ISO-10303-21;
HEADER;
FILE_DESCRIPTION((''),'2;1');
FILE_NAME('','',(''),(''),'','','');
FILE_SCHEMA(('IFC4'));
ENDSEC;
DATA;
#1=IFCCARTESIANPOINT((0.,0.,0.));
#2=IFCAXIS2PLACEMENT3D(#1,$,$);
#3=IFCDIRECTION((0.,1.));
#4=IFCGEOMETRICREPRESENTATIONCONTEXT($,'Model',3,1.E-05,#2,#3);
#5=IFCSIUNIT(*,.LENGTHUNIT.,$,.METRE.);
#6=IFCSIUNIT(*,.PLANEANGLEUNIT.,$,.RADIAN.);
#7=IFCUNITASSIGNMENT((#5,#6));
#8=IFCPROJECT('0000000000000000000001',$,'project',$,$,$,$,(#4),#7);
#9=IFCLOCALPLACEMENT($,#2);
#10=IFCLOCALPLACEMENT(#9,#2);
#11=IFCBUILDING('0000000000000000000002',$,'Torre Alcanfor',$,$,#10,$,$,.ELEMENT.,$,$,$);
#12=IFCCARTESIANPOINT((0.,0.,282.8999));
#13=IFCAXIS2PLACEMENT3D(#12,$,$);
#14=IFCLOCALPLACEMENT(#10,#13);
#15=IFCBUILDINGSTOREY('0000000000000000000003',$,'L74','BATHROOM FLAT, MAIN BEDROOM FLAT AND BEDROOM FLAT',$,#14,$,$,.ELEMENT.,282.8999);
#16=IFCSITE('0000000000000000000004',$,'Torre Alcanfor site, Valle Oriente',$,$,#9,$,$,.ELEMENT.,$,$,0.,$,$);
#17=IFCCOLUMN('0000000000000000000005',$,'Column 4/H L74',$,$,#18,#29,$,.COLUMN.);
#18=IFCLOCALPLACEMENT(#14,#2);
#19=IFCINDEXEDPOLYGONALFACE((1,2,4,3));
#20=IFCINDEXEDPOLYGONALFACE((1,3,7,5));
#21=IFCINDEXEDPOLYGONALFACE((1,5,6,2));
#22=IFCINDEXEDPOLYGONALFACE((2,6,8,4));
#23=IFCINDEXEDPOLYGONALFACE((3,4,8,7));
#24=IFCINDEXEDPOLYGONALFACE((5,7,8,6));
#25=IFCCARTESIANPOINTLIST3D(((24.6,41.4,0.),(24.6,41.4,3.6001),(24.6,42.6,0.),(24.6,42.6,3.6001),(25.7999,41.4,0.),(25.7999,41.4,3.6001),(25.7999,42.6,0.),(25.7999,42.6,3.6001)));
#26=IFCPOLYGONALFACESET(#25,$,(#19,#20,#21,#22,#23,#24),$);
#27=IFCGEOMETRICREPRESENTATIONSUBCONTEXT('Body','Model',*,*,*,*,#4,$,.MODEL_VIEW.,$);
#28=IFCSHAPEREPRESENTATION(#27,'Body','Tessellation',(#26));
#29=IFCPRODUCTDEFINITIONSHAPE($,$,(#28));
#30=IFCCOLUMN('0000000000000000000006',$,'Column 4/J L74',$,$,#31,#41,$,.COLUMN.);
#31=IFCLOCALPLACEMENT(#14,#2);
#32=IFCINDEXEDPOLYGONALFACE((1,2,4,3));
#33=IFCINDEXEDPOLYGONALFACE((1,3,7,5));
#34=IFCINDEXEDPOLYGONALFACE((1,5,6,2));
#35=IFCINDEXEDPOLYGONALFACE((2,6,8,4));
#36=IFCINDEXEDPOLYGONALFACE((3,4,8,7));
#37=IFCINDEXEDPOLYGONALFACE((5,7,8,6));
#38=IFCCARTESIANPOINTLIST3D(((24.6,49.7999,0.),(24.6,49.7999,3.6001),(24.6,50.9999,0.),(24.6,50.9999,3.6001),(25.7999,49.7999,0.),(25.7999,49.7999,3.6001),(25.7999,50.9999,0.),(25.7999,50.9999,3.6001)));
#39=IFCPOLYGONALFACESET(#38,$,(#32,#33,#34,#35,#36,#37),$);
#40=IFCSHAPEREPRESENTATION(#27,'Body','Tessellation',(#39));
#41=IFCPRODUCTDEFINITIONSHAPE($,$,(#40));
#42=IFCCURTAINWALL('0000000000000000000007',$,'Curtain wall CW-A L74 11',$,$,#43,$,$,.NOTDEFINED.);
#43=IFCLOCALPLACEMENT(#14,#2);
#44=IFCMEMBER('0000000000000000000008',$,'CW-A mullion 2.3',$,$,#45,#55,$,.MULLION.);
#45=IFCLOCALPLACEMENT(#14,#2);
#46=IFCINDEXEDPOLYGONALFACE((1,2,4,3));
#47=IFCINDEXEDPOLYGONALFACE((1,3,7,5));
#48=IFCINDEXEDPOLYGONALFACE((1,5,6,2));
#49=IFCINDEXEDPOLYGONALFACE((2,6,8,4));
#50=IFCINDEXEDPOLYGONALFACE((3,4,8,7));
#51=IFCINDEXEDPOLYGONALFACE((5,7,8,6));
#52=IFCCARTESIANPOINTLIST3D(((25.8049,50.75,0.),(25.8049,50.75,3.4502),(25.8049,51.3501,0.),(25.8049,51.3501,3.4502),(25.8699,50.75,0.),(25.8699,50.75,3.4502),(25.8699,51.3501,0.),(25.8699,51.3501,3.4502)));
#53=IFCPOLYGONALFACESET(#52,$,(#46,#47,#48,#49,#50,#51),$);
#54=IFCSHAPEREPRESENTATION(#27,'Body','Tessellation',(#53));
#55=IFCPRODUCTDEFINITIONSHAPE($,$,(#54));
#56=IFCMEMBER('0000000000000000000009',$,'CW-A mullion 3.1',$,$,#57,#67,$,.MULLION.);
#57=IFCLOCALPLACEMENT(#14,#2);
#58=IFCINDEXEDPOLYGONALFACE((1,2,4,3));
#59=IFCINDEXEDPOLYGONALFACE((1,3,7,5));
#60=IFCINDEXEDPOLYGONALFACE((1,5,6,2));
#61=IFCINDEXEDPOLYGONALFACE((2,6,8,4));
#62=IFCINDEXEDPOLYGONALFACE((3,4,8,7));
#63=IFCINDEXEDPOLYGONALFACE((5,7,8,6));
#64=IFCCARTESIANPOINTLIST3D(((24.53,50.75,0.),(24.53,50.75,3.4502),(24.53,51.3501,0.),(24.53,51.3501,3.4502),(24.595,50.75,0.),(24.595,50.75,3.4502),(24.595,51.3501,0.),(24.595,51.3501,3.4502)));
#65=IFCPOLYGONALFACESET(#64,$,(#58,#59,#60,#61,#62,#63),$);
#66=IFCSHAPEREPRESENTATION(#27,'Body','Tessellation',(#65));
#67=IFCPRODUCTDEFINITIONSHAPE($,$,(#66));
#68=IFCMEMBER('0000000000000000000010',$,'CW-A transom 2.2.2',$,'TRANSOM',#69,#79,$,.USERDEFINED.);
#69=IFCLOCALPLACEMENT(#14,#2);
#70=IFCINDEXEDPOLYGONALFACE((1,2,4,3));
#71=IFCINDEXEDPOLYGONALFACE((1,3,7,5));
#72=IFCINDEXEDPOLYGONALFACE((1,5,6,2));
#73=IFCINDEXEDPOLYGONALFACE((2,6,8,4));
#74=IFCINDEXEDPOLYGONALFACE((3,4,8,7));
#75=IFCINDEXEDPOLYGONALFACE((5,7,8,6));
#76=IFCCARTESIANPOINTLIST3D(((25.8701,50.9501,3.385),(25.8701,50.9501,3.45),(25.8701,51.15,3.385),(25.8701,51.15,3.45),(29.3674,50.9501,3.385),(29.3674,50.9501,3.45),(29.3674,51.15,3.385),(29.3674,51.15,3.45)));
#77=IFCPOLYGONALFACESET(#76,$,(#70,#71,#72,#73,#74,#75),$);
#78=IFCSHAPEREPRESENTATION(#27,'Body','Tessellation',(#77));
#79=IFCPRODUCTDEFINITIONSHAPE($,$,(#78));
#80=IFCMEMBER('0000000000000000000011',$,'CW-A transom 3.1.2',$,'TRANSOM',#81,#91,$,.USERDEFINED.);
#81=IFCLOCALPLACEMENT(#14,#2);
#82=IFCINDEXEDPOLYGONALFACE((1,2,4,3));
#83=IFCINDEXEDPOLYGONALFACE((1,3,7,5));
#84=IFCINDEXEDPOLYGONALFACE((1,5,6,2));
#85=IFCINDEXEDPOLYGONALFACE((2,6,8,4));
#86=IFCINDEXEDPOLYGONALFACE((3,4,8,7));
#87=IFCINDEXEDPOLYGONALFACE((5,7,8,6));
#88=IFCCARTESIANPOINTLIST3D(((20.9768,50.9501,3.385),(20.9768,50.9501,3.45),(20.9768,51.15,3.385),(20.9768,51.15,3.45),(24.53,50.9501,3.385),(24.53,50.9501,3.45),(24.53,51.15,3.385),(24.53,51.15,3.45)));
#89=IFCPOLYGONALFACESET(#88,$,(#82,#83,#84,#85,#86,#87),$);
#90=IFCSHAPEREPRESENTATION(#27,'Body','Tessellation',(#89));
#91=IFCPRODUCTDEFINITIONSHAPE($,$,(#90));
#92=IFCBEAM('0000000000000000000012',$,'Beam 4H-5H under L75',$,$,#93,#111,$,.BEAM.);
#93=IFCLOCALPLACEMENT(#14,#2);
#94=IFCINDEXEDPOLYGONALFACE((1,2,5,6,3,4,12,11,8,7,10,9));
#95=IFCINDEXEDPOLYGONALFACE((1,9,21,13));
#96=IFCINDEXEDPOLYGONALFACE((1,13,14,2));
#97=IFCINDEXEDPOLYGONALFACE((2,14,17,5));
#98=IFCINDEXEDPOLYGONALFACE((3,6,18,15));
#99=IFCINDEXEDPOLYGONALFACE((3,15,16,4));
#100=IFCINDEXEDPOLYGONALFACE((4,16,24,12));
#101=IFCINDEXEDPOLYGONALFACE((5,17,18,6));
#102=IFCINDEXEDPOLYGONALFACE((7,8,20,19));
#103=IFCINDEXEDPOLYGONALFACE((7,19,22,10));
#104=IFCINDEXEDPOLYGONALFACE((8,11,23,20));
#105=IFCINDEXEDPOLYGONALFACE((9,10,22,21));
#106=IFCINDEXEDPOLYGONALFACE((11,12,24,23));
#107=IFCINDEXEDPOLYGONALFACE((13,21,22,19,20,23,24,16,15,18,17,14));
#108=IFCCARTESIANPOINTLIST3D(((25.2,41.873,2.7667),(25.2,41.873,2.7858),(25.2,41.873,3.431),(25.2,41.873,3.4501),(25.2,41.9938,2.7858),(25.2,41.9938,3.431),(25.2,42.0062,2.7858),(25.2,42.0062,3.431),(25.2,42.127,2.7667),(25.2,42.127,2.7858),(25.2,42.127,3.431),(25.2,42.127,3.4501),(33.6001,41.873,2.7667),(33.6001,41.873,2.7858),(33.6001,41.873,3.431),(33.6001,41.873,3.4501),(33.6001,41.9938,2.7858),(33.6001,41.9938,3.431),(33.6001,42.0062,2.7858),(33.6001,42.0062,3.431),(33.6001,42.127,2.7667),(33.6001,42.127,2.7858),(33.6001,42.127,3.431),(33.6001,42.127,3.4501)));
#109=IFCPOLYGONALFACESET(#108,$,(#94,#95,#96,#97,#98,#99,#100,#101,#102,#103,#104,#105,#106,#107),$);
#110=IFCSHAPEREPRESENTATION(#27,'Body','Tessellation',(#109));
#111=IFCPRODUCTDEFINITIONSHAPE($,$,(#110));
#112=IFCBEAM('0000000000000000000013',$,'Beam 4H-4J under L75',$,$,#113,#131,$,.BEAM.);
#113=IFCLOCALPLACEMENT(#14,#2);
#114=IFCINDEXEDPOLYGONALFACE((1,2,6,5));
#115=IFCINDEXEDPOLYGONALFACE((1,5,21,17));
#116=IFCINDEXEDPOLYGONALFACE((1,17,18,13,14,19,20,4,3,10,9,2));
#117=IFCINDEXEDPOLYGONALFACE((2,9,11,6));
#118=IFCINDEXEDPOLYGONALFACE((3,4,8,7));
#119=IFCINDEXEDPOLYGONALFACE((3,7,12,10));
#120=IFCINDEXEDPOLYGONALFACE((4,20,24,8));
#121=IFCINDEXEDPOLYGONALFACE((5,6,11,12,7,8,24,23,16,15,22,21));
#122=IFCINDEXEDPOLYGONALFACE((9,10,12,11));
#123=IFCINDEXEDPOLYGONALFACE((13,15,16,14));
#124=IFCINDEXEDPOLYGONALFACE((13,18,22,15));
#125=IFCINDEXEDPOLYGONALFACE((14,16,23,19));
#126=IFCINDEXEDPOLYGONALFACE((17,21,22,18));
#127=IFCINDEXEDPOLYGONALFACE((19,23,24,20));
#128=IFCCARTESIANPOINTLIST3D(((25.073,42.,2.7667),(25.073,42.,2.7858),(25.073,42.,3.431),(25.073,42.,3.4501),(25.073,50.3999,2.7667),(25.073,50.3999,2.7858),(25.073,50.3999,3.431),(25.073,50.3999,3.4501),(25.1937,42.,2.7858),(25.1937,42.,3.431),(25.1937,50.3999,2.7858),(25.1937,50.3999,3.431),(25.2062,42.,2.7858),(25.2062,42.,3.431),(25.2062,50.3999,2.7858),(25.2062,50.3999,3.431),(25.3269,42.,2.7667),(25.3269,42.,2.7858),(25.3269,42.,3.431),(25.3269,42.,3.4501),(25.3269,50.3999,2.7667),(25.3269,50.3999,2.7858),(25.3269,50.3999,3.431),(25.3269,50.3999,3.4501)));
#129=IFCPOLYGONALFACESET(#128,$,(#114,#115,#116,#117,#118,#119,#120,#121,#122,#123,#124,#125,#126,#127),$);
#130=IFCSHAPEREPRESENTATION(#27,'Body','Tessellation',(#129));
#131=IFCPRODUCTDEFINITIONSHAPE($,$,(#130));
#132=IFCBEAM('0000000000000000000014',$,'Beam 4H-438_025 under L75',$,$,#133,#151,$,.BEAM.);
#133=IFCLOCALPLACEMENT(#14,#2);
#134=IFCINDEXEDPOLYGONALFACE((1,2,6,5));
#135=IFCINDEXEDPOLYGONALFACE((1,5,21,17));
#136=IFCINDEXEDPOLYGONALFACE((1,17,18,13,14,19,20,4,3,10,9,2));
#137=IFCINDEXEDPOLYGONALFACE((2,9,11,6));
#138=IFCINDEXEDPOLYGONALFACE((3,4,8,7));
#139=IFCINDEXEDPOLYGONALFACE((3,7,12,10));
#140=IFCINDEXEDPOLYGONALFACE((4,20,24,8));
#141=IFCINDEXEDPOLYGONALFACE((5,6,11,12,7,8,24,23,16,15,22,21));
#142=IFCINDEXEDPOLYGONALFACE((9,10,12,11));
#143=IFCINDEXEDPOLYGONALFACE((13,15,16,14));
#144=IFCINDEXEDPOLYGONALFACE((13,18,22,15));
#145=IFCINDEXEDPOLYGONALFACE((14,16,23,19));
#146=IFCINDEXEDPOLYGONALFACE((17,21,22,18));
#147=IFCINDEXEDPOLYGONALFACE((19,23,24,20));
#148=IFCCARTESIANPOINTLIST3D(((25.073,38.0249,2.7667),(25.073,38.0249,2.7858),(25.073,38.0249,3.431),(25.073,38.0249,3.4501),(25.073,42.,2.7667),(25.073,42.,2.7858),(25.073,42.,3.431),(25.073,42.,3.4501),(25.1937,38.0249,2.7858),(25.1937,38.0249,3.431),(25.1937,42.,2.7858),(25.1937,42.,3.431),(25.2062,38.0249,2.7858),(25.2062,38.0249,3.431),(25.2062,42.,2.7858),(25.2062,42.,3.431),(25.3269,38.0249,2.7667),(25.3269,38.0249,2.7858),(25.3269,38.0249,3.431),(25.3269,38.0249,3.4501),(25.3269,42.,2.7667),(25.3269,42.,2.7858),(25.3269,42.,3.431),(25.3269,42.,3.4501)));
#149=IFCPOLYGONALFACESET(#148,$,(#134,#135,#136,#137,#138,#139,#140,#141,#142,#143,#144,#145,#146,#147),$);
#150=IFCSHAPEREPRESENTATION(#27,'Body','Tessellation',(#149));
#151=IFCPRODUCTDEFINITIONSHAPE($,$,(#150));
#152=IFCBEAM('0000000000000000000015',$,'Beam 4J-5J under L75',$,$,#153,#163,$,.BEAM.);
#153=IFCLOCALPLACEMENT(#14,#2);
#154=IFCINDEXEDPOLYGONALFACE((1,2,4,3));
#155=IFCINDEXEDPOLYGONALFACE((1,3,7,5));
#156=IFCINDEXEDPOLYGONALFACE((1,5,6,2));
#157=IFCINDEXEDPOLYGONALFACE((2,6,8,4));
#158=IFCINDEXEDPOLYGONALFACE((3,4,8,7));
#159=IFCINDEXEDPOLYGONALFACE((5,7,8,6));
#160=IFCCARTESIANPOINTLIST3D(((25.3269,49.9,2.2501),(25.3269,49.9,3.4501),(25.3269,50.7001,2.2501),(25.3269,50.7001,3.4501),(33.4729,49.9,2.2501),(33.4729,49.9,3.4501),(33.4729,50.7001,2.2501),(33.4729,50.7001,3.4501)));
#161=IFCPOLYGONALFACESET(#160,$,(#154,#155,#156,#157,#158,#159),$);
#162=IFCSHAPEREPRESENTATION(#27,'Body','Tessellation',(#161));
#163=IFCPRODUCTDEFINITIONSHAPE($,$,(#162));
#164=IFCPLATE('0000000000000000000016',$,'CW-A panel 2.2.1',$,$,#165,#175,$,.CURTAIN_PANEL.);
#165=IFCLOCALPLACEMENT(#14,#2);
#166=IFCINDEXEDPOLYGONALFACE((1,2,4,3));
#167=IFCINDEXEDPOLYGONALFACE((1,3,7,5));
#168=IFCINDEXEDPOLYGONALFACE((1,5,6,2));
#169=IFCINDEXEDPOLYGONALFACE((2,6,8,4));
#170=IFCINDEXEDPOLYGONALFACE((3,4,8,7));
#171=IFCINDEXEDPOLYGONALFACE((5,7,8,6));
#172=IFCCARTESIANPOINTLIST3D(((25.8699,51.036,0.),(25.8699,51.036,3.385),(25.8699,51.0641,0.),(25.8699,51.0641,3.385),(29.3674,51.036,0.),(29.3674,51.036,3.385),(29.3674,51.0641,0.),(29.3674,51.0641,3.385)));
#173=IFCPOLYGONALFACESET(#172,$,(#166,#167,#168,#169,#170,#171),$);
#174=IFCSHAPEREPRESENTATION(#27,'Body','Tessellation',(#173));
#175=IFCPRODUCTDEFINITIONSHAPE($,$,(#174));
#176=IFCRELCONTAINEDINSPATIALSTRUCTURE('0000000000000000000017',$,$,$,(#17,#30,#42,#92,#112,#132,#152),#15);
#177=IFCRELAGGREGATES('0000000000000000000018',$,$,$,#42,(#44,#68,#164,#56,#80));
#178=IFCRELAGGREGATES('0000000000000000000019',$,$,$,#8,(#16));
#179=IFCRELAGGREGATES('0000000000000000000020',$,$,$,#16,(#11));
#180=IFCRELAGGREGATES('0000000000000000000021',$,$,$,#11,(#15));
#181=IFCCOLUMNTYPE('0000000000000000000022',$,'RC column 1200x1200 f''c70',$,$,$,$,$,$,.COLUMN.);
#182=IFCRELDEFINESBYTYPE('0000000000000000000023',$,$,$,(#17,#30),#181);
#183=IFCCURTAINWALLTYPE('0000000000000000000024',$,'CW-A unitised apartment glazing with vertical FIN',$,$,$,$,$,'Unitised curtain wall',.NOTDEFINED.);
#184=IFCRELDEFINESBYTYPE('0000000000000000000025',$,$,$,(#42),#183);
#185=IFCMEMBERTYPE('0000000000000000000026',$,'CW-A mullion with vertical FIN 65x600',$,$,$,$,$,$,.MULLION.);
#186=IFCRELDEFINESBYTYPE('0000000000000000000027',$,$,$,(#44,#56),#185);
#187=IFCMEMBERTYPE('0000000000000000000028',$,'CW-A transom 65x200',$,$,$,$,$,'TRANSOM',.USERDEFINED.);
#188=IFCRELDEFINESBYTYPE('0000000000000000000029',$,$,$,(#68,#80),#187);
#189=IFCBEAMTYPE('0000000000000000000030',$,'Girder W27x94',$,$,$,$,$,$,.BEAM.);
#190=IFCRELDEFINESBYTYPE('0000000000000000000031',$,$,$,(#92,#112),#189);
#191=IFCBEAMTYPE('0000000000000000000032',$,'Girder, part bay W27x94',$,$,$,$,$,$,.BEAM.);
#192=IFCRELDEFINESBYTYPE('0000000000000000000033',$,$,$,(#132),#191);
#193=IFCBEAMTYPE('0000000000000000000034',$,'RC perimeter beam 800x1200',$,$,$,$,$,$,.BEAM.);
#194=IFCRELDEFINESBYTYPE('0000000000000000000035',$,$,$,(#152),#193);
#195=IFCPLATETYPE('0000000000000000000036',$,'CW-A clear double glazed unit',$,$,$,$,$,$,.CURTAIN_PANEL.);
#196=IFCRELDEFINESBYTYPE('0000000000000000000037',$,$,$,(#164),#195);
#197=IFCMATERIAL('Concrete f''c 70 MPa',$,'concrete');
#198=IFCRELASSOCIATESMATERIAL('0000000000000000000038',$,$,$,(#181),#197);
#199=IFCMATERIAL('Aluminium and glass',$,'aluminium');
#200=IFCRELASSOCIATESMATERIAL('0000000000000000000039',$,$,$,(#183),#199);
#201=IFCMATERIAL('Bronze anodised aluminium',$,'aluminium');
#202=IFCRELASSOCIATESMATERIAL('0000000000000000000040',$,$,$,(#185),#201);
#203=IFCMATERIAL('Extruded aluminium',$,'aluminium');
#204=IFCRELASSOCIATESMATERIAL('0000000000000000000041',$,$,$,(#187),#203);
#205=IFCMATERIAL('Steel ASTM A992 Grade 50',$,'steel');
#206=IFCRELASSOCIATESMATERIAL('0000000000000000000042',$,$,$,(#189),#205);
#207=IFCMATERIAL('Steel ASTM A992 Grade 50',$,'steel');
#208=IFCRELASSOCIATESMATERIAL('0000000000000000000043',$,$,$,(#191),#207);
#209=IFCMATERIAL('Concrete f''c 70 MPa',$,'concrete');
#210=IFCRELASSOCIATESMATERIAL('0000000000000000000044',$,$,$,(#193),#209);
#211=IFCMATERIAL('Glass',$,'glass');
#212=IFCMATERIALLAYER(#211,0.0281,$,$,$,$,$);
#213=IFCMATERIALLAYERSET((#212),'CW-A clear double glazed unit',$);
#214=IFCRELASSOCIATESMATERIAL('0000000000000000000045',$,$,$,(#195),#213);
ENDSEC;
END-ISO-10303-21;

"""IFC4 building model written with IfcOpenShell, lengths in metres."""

from ifc_helpers import new_model, si_unit, direction, frame, origin, origin_2d, place, context, subcontext, project, spatial, rectangle, i_section, extrude, material, layer, layer_set, material_profile, profile_set, type_object, element, aggregate, save


model = new_model("IFC4")

# Units and contexts
model_context = context("Model", 3, precision=1e-05, world=origin(), true_north=direction((0.0, 1.0)))
body_context = subcontext(model_context, "Body", "Model", "MODEL_VIEW")
ifc_project = project(units=[si_unit("LENGTHUNIT", "METRE"), si_unit("PLANEANGLEUNIT", "RADIAN")], contexts=[model_context])

# Site, building, storey
site_placement = place(None, origin())
site = spatial("IfcSite", under=ifc_project, at=site_placement, Name="Torre Alcanfor site, Valle Oriente", CompositionType="ELEMENT", RefElevation=0.0)
building_placement = place(site_placement, origin())
building = spatial("IfcBuilding", under=site, at=building_placement, Name="Torre Alcanfor", CompositionType="ELEMENT")
storey_placement = place(building_placement, frame((0.0, 0.0, 282.8999)))
storey = spatial("IfcBuildingStorey", under=building, at=storey_placement, Name="L74", Description="BATHROOM FLAT, MAIN BEDROOM FLAT AND BEDROOM FLAT", CompositionType="ELEMENT", Elevation=282.8999)

# Columns
ifc_material_1 = material(Name="Concrete f'c 70 MPa", Category="concrete")
ifc_material_profile_1 = material_profile(ifc_material_1, rectangle(XDim=1.2, YDim=1.2, at=origin_2d()), Name="1200x1200")
ifc_profile_set_1 = profile_set([ifc_material_profile_1], Name="Concrete f'c 70 MPa")
column_type = type_object("IfcColumnType", Name="RC column 1200x1200 f'c70", PredefinedType="COLUMN", material=ifc_profile_set_1)
for number, where, z_axis, x_axis, name in (
    (1, (25.2, 42.0, 0.0), (0.0, 0.0, 1.0), (1.0, 0.0, 0.0), "Column 4/H L74"),
    (2, (25.2, 50.3999, 0.0), (0.0, 0.0, 1.0), (1.0, 0.0, 0.0), "Column 4/J L74"),
):
    element("IfcColumn", number, at=place(storey_placement, frame(where, z_axis=z_axis, x_axis=x_axis)), inside=storey, type_object=column_type, Name=name, PredefinedType="COLUMN", context=body_context, shape_type="SweptSolid", body=[
        extrude(rectangle(XDim=1.2, YDim=1.2, at=origin_2d()), origin(), (0.0, 0.0, 1.0), 3.6001),
    ])

# Curtain wall, members
ifc_material_2 = material(Name="Aluminium and glass", Category="aluminium")
curtain_wall_type = type_object("IfcCurtainWallType", Name="CW-A unitised apartment glazing with vertical FIN", ElementType="Unitised curtain wall", PredefinedType="NOTDEFINED", material=ifc_material_2)
curtain_wall_placement = place(storey_placement, origin())
curtain_wall = element("IfcCurtainWall", 3, at=curtain_wall_placement, inside=storey, type_object=curtain_wall_type, Name="Curtain wall CW-A L74 11", PredefinedType="NOTDEFINED")
ifc_material_3 = material(Name="Bronze anodised aluminium", Category="aluminium")
ifc_material_profile_2 = material_profile(ifc_material_3, rectangle(XDim=0.6001, YDim=0.0649, at=origin_2d()), Name="CW-A mullion 65x600")
ifc_profile_set_2 = profile_set([ifc_material_profile_2], Name="Bronze anodised aluminium")
member_type_1 = type_object("IfcMemberType", Name="CW-A mullion with vertical FIN 65x600", PredefinedType="MULLION", material=ifc_profile_set_2)
member_1_placement = place(storey_placement, frame((25.8374, 51.05, 0.0), z_axis=(0.0, 0.0, 1.0), x_axis=(0.0, -1.0, 0.0)))
member_1 = element("IfcMember", 4, at=member_1_placement, type_object=member_type_1, Name="CW-A mullion 2.3", PredefinedType="MULLION", context=body_context, shape_type="SweptSolid", body=[
    extrude(rectangle(XDim=0.6001, YDim=0.0649, at=origin_2d()), origin(), (0.0, 0.0, 1.0), 3.4502),
])
member_2_placement = place(storey_placement, frame((24.5625, 51.05, 0.0), z_axis=(0.0, 0.0, 1.0), x_axis=(0.0, -1.0, 0.0)))
member_2 = element("IfcMember", 5, at=member_2_placement, type_object=member_type_1, Name="CW-A mullion 3.1", PredefinedType="MULLION", context=body_context, shape_type="SweptSolid", body=[
    extrude(rectangle(XDim=0.6001, YDim=0.0649, at=origin_2d()), origin(), (0.0, 0.0, 1.0), 3.4502),
])
ifc_material_4 = material(Name="Extruded aluminium", Category="aluminium")
ifc_material_profile_3 = material_profile(ifc_material_4, rectangle(XDim=0.2, YDim=0.0649, at=origin_2d()), Name="CW-A transom 200x65")
ifc_profile_set_3 = profile_set([ifc_material_profile_3], Name="Extruded aluminium")
member_type_2 = type_object("IfcMemberType", Name="CW-A transom 65x200", ElementType="TRANSOM", PredefinedType="USERDEFINED", material=ifc_profile_set_3)
member_3_placement = place(storey_placement, frame((29.3674, 51.05, 3.4175), z_axis=(-1.0, 0.0, 0.0), x_axis=(0.0, -1.0, 0.0)))
member_3 = element("IfcMember", 6, at=member_3_placement, type_object=member_type_2, Name="CW-A transom 2.2.2", ObjectType="TRANSOM", PredefinedType="USERDEFINED", context=body_context, shape_type="SweptSolid", body=[
    extrude(rectangle(XDim=0.2, YDim=0.0649, at=origin_2d()), origin(), (0.0, 0.0, 1.0), 3.4973),
])
member_4_placement = place(storey_placement, frame((24.53, 51.05, 3.4175), z_axis=(-1.0, 0.0, 0.0), x_axis=(0.0, -1.0, 0.0)))
member_4 = element("IfcMember", 7, at=member_4_placement, type_object=member_type_2, Name="CW-A transom 3.1.2", ObjectType="TRANSOM", PredefinedType="USERDEFINED", context=body_context, shape_type="SweptSolid", body=[
    extrude(rectangle(XDim=0.2, YDim=0.0649, at=origin_2d()), origin(), (0.0, 0.0, 1.0), 3.5532),
])

# Beams
ifc_material_5 = material(Name="Steel ASTM A992 Grade 50", Category="steel")
ifc_material_profile_4 = material_profile(ifc_material_5, i_section(OverallWidth=0.2539, OverallDepth=0.6833, WebThickness=0.0125, FlangeThickness=0.019, at=origin_2d()), Name="W27x94")
ifc_profile_set_4 = profile_set([ifc_material_profile_4], Name="Steel ASTM A992 Grade 50")
beam_type_1 = type_object("IfcBeamType", Name="Girder W27x94", PredefinedType="BEAM", material=ifc_profile_set_4)
beam_1_placement = place(storey_placement, frame((25.2, 42.0, 3.1084), z_axis=(1.0, 0.0, 0.0), x_axis=(0.0, 1.0, 0.0)))
element("IfcBeam", 8, at=beam_1_placement, inside=storey, type_object=beam_type_1, Name="Beam 4H-5H under L75", PredefinedType="BEAM", context=body_context, shape_type="SweptSolid", body=[
    extrude(i_section(OverallWidth=0.2539, OverallDepth=0.6833, WebThickness=0.0125, FlangeThickness=0.019, at=origin_2d()), origin(), (0.0, 0.0, 1.0), 8.4001),
])
beam_2_placement = place(storey_placement, frame((25.2, 42.0, 3.1084), z_axis=(0.0, 1.0, 0.0), x_axis=(-1.0, 0.0, 0.0)))
element("IfcBeam", 9, at=beam_2_placement, inside=storey, type_object=beam_type_1, Name="Beam 4H-4J under L75", PredefinedType="BEAM", context=body_context, shape_type="SweptSolid", body=[
    extrude(i_section(OverallWidth=0.2539, OverallDepth=0.6833, WebThickness=0.0125, FlangeThickness=0.019, at=origin_2d()), origin(), (0.0, 0.0, 1.0), 8.3999),
])
ifc_material_6 = material(Name="Steel ASTM A992 Grade 50", Category="steel")
ifc_material_profile_5 = material_profile(ifc_material_6, i_section(OverallWidth=0.2539, OverallDepth=0.6833, WebThickness=0.0125, FlangeThickness=0.019, at=origin_2d()), Name="W27x94")
ifc_profile_set_5 = profile_set([ifc_material_profile_5], Name="Steel ASTM A992 Grade 50")
beam_type_2 = type_object("IfcBeamType", Name="Girder, part bay W27x94", PredefinedType="BEAM", material=ifc_profile_set_5)
beam_3_placement = place(storey_placement, frame((25.2, 42.0, 3.1084), z_axis=(0.0, -1.0, 0.0), x_axis=(1.0, 0.0, 0.0)))
element("IfcBeam", 10, at=beam_3_placement, inside=storey, type_object=beam_type_2, Name="Beam 4H-438_025 under L75", PredefinedType="BEAM", context=body_context, shape_type="SweptSolid", body=[
    extrude(i_section(OverallWidth=0.2539, OverallDepth=0.6833, WebThickness=0.0125, FlangeThickness=0.019, at=origin_2d()), origin(), (0.0, 0.0, 1.0), 3.9751),
])
ifc_material_7 = material(Name="Concrete f'c 70 MPa", Category="concrete")
ifc_material_profile_6 = material_profile(ifc_material_7, rectangle(XDim=0.8, YDim=1.2, at=origin_2d()), Name="800x1200")
ifc_profile_set_6 = profile_set([ifc_material_profile_6], Name="Concrete f'c 70 MPa")
beam_type_3 = type_object("IfcBeamType", Name="RC perimeter beam 800x1200", PredefinedType="BEAM", material=ifc_profile_set_6)
beam_4_placement = place(storey_placement, frame((25.3269, 50.3, 2.8501), z_axis=(1.0, 0.0, 0.0), x_axis=(0.0, 1.0, 0.0)))
element("IfcBeam", 11, at=beam_4_placement, inside=storey, type_object=beam_type_3, Name="Beam 4J-5J under L75", PredefinedType="BEAM", context=body_context, shape_type="SweptSolid", body=[
    extrude(rectangle(XDim=0.8, YDim=1.2, at=origin_2d()), origin(), (0.0, 0.0, 1.0), 8.146),
])

# Plate
ifc_material_8 = material(Name="Glass", Category="glass")
ifc_layer_1 = layer(ifc_material_8, 0.0281)
ifc_layer_set_1 = layer_set([ifc_layer_1], Name="CW-A clear double glazed unit")
plate_type = type_object("IfcPlateType", Name="CW-A clear double glazed unit", PredefinedType="CURTAIN_PANEL", material=ifc_layer_set_1)
plate_1_placement = place(storey_placement, frame((27.6187, 51.05, 0.0), z_axis=(0.0, 0.0, 1.0), x_axis=(-1.0, 0.0, 0.0)))
plate_1 = element("IfcPlate", 12, at=plate_1_placement, type_object=plate_type, Name="CW-A panel 2.2.1", PredefinedType="CURTAIN_PANEL", context=body_context, shape_type="SweptSolid", body=[
    extrude(rectangle(XDim=3.4976, YDim=0.0281, at=origin_2d()), origin(), (0.0, 0.0, 1.0), 3.385),
])
aggregate(curtain_wall, [member_1, member_3, plate_1, member_2, member_4])

save(model, "model.ifc")
